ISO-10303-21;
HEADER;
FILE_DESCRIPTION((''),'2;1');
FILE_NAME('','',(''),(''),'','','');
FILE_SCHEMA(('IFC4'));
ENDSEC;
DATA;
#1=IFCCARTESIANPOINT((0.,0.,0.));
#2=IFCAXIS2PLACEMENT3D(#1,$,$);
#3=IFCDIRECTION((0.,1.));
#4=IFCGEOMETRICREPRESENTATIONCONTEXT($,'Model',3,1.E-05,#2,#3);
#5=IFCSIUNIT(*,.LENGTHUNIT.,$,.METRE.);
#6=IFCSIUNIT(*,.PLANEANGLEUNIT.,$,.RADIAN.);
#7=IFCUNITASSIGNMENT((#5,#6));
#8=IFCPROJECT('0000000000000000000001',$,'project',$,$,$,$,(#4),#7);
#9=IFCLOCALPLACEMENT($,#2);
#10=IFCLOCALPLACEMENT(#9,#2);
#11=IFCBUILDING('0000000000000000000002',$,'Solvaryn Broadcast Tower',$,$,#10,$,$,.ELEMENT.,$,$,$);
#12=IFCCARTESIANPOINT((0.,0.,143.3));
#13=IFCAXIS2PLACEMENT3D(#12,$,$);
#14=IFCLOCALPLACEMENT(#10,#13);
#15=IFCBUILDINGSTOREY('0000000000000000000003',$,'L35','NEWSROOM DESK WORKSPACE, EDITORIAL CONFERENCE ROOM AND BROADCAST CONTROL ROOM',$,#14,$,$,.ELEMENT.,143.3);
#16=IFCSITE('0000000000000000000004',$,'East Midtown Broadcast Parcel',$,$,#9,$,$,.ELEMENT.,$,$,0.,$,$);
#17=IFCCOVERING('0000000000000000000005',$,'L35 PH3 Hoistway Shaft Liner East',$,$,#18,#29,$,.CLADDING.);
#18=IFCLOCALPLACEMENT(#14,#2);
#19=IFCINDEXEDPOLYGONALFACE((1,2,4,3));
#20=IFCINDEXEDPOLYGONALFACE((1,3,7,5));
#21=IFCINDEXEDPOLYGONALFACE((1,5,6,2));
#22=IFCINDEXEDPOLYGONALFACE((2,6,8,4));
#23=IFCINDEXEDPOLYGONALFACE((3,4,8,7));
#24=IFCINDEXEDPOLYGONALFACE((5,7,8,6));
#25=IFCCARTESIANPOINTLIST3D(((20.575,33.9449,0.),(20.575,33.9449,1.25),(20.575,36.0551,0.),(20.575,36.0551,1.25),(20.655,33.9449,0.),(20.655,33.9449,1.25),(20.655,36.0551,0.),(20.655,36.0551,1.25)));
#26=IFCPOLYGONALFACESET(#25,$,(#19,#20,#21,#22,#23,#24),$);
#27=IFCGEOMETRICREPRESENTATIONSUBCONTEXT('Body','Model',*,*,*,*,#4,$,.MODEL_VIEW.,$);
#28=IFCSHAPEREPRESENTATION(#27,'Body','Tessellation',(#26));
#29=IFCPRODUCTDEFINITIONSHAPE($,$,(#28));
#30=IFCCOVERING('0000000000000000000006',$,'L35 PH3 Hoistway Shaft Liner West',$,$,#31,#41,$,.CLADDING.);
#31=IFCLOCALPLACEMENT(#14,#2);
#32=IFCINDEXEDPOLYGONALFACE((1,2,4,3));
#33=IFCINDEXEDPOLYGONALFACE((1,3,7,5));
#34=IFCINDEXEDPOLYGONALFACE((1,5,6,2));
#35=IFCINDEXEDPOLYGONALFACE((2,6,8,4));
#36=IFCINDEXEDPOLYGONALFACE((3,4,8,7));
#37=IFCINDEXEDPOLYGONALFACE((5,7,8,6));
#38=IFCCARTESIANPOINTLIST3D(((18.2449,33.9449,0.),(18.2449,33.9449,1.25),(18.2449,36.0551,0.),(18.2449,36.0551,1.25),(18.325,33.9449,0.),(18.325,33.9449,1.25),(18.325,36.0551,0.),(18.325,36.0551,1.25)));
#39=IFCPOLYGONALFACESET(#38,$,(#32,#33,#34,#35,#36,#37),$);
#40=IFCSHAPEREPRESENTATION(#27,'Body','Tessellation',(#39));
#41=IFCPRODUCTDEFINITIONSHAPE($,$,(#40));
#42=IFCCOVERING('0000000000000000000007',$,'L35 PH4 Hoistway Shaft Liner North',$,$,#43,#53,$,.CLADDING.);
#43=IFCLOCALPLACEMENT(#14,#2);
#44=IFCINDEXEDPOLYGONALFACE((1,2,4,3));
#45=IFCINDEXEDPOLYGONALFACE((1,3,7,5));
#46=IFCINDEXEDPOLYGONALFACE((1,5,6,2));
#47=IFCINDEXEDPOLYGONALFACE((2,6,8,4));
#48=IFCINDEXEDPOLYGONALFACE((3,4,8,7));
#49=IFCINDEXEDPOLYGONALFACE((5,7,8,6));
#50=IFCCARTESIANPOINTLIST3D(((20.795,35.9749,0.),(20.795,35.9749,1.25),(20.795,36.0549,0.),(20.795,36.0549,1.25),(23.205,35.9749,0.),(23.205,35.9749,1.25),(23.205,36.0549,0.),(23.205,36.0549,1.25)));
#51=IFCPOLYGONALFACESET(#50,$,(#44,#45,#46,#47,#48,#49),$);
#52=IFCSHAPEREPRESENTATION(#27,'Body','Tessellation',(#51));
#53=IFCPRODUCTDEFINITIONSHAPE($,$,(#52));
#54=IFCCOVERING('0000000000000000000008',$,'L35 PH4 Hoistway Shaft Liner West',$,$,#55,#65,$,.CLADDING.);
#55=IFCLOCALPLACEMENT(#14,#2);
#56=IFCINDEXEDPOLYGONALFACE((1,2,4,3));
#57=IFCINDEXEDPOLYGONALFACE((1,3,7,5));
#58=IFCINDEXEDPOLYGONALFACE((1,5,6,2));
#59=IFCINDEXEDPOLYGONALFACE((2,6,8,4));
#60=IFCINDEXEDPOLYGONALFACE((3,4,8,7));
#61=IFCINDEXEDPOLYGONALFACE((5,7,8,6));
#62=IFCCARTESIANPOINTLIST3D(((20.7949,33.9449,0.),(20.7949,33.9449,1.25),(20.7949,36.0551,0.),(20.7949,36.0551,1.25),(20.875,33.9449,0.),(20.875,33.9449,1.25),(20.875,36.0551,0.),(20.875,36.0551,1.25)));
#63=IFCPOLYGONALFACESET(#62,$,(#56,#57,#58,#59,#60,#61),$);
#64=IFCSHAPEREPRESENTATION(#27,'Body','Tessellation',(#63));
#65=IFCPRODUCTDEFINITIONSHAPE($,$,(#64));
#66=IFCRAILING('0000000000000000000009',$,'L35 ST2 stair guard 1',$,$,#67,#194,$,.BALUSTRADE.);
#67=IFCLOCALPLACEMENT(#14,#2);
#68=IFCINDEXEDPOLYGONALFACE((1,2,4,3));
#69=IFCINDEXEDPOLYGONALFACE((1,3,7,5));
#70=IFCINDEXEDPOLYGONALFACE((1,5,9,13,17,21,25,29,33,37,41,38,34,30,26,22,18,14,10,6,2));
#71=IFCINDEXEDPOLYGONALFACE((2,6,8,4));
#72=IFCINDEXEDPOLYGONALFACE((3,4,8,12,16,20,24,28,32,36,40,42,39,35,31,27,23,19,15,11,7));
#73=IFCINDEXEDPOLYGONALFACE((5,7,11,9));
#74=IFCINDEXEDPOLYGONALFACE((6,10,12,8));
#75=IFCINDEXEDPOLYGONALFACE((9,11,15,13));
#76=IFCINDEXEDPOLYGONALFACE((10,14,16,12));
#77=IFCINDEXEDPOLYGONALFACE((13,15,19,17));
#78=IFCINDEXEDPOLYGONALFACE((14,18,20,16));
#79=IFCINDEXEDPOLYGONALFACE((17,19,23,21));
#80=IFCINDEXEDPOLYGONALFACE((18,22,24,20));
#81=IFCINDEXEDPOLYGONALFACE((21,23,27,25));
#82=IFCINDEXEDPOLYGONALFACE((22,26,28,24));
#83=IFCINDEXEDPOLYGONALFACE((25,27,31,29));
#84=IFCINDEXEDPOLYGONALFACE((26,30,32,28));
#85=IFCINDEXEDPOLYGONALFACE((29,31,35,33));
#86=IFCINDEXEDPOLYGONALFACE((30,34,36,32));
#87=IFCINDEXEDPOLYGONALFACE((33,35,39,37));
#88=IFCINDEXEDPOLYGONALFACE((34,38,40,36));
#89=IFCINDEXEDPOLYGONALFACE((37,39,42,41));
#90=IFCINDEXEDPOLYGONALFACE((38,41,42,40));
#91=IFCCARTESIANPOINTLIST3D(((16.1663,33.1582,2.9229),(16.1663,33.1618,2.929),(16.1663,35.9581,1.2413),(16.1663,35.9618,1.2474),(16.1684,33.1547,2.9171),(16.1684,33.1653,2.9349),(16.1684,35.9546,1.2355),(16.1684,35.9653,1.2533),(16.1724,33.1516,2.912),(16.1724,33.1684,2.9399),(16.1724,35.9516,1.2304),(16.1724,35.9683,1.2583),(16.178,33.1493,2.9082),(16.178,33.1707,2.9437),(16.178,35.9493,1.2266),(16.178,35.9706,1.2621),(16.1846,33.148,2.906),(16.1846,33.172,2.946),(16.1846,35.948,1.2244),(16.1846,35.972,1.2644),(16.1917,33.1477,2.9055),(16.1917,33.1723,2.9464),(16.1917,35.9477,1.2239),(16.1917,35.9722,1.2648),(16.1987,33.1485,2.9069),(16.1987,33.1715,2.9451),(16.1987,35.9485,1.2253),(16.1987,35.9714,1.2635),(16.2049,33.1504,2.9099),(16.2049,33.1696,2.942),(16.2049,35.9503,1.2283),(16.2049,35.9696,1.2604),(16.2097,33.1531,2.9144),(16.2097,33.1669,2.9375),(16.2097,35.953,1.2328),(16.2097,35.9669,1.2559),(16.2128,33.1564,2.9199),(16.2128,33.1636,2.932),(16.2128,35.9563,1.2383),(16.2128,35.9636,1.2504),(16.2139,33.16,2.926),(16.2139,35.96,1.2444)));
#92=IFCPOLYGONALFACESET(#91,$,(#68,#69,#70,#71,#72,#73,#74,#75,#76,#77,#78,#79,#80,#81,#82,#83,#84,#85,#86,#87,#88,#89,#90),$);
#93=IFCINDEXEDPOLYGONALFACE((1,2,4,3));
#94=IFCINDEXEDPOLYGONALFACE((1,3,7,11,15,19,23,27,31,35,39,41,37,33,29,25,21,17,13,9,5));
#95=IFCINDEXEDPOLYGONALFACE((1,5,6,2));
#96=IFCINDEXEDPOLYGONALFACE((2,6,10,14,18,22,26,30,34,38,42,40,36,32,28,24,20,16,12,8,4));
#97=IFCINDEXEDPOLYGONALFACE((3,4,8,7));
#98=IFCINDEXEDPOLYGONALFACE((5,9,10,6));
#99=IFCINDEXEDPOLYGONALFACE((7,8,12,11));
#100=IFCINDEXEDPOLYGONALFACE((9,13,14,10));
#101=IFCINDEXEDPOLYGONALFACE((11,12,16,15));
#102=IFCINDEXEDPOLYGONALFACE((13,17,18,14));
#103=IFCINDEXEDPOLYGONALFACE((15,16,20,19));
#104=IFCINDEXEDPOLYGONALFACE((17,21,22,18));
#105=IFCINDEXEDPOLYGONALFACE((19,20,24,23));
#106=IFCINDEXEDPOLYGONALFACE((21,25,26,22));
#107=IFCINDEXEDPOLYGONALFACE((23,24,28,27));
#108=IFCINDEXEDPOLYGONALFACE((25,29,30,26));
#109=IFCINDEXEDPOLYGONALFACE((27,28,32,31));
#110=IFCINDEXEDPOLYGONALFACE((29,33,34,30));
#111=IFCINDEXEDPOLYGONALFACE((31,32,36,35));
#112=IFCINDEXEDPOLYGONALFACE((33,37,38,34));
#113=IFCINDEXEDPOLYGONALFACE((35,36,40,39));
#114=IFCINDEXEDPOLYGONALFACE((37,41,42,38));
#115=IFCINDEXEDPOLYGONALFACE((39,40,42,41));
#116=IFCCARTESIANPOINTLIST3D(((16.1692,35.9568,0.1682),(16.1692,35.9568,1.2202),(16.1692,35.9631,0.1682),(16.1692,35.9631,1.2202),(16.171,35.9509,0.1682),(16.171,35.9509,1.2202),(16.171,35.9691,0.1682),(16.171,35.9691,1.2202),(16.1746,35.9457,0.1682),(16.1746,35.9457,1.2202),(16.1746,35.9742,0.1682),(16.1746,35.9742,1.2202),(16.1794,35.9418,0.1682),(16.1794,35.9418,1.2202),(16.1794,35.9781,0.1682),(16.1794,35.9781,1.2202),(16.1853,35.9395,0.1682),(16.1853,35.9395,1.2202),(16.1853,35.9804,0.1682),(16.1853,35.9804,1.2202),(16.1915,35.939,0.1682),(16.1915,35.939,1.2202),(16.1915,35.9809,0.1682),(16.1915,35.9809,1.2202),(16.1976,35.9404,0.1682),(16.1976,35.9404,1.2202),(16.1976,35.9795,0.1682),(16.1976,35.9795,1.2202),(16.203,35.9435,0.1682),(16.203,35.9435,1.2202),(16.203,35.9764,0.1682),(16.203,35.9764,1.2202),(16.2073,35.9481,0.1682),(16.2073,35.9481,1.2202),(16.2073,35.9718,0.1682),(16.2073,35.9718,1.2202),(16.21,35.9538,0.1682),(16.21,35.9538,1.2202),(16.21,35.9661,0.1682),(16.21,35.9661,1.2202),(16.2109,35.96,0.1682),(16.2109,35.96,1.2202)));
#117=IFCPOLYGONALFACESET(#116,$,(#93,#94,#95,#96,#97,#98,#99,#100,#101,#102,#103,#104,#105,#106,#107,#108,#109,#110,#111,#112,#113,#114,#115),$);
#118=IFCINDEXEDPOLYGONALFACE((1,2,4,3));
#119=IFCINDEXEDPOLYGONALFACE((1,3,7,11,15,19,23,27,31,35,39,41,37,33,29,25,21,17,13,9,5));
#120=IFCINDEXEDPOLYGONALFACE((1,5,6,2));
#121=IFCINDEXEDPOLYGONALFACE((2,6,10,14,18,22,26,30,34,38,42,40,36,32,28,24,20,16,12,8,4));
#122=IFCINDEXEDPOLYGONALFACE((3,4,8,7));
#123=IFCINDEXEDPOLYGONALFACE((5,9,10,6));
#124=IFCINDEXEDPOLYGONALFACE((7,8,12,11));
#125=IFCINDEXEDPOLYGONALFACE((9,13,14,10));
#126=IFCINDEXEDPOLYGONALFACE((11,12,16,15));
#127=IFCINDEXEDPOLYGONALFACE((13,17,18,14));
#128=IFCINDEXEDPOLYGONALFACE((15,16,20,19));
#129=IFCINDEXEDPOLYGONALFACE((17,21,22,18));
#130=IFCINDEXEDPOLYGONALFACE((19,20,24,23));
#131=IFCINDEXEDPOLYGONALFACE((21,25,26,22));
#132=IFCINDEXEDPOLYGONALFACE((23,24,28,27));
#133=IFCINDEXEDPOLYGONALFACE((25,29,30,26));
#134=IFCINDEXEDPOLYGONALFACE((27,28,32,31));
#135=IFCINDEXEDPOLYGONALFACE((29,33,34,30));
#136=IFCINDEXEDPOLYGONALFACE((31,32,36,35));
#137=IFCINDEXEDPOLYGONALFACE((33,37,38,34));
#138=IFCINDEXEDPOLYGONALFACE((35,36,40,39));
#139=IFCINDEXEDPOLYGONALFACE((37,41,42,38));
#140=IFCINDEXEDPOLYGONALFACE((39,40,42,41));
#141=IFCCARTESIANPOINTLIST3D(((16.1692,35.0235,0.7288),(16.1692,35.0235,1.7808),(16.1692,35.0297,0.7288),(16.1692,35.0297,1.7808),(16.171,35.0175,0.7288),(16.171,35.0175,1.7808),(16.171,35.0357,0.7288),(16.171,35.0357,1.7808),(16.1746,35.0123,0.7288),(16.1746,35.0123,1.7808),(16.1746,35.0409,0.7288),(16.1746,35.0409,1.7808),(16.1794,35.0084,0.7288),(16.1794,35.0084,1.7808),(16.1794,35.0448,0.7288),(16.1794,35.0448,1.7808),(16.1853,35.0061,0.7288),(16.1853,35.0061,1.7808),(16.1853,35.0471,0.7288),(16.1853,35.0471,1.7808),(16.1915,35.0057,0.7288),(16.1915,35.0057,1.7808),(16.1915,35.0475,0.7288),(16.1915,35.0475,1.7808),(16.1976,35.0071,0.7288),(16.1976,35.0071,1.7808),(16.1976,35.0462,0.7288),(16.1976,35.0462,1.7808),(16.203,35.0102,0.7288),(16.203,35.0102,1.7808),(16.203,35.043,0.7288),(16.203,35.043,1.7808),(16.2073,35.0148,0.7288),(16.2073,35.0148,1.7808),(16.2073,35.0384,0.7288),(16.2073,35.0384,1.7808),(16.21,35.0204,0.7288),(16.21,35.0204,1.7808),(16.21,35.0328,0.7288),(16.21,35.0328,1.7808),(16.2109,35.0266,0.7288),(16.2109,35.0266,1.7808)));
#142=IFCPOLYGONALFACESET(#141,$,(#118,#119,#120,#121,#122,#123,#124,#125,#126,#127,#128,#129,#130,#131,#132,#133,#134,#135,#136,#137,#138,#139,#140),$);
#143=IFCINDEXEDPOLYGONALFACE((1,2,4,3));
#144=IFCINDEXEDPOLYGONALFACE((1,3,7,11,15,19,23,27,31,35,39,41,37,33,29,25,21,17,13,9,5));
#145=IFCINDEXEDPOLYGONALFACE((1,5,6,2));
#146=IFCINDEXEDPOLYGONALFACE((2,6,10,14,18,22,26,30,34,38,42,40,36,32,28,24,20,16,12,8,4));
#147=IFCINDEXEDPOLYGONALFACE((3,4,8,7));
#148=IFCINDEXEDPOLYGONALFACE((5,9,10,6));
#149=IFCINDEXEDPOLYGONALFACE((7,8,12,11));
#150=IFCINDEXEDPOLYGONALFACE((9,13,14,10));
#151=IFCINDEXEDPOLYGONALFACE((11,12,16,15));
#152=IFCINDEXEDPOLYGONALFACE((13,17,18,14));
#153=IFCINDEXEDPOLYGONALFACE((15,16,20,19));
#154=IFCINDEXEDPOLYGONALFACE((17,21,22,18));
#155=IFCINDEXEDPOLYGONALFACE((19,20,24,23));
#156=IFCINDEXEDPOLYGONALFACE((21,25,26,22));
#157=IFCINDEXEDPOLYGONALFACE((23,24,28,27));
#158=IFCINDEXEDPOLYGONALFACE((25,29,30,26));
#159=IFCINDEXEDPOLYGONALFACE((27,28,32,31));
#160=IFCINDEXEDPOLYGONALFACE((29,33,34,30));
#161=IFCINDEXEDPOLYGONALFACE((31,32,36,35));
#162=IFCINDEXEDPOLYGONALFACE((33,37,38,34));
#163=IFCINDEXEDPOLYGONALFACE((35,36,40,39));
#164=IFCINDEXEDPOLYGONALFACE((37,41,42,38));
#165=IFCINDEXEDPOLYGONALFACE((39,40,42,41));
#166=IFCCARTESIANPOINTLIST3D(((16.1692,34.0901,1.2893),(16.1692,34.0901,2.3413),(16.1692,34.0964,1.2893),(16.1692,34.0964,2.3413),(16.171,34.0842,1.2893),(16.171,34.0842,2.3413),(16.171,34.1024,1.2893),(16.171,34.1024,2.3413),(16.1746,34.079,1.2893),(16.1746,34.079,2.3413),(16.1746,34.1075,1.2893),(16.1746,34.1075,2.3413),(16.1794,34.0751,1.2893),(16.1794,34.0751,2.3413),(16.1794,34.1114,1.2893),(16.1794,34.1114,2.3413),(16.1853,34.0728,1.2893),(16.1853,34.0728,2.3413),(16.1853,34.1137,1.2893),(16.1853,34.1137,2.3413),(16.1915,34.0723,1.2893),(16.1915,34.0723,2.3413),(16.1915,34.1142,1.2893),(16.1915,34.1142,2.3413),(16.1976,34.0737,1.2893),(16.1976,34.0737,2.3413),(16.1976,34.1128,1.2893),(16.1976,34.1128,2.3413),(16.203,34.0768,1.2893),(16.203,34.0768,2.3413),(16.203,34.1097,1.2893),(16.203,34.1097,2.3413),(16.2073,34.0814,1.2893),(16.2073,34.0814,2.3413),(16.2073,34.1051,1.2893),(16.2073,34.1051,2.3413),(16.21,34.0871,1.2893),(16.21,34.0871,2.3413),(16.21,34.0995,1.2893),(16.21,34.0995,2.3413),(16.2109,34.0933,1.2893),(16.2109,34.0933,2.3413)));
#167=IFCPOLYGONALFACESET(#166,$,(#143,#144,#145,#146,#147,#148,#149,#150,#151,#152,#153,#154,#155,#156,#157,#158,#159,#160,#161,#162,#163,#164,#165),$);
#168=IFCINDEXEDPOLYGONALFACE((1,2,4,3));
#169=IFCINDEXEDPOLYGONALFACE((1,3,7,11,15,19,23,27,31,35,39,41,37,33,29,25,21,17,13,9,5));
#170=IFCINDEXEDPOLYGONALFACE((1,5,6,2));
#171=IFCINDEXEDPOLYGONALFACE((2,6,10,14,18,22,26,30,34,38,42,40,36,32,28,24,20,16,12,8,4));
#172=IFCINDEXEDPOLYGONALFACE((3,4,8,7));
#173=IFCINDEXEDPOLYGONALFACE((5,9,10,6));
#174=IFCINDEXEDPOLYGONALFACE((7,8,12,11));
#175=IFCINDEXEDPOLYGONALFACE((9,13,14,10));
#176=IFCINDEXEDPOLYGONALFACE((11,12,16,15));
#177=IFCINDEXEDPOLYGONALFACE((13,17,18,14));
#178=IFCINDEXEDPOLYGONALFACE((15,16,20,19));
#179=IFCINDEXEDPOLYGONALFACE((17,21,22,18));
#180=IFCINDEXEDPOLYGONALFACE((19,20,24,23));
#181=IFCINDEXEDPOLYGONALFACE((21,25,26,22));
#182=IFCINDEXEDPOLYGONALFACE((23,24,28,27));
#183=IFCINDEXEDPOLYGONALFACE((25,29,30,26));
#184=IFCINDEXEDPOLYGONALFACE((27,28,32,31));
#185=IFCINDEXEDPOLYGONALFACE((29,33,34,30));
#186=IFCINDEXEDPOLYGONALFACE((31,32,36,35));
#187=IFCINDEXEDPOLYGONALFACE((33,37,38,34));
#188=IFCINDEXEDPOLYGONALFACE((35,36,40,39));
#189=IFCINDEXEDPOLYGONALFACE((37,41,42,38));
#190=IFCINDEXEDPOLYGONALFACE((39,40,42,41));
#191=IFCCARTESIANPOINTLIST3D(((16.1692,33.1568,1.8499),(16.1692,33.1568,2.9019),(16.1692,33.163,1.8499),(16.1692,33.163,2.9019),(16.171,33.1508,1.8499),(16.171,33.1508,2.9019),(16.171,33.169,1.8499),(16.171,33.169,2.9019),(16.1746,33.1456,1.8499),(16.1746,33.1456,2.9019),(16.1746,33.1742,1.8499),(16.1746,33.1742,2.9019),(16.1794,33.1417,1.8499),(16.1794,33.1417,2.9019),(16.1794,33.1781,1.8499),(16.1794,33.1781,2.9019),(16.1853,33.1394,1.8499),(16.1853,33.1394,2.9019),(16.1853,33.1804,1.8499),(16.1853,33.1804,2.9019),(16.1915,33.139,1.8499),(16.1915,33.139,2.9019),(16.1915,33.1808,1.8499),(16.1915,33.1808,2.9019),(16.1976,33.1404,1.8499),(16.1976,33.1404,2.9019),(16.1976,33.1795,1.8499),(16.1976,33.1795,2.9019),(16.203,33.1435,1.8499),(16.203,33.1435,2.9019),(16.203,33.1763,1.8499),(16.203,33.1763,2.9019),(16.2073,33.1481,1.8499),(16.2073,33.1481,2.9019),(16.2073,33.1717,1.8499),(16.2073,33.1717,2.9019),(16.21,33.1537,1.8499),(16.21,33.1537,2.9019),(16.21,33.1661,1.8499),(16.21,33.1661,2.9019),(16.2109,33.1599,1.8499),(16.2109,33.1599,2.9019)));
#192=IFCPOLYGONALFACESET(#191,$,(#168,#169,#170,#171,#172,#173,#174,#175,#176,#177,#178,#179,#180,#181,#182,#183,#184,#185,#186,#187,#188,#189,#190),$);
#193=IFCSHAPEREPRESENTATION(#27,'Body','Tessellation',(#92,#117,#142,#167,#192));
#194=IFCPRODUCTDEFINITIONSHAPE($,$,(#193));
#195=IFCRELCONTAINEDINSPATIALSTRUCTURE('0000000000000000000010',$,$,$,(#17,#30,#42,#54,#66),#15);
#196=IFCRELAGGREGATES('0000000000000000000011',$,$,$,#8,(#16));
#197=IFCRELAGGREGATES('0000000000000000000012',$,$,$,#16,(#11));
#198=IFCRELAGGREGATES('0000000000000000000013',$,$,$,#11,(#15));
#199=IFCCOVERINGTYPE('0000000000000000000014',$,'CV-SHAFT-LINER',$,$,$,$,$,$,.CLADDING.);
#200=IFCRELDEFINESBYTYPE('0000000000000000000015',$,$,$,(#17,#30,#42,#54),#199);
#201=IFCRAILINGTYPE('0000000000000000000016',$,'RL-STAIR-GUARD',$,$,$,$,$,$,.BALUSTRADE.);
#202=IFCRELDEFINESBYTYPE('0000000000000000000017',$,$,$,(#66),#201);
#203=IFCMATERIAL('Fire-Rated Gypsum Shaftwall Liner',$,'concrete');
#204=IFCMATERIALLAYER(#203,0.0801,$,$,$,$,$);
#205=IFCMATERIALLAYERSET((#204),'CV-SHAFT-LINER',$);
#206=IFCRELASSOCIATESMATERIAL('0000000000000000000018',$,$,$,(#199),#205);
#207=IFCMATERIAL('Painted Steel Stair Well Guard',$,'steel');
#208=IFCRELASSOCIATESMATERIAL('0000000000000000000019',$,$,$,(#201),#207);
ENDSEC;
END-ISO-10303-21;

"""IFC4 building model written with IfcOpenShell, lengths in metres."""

from ifc_helpers import new_model, si_unit, direction, frame, origin, origin_2d, place, context, subcontext, project, spatial, rectangle, circle, extrude, material, layer, layer_set, type_object, element, save


model = new_model("IFC4")

# Units and contexts
model_context = context("Model", 3, precision=1e-05, world=origin(), true_north=direction((0.0, 1.0)))
body_context = subcontext(model_context, "Body", "Model", "MODEL_VIEW")
ifc_project = project(units=[si_unit("LENGTHUNIT", "METRE"), si_unit("PLANEANGLEUNIT", "RADIAN")], contexts=[model_context])

# Site, building, storey
site_placement = place(None, origin())
site = spatial("IfcSite", under=ifc_project, at=site_placement, Name="East Midtown Broadcast Parcel", CompositionType="ELEMENT", RefElevation=0.0)
building_placement = place(site_placement, origin())
building = spatial("IfcBuilding", under=site, at=building_placement, Name="Solvaryn Broadcast Tower", CompositionType="ELEMENT")
storey_placement = place(building_placement, frame((0.0, 0.0, 143.3)))
storey = spatial("IfcBuildingStorey", under=building, at=storey_placement, Name="L35", Description="NEWSROOM DESK WORKSPACE, EDITORIAL CONFERENCE ROOM AND BROADCAST CONTROL ROOM", CompositionType="ELEMENT", Elevation=143.3)

# Coverings
ifc_material_1 = material(Name="Fire-Rated Gypsum Shaftwall Liner", Category="concrete")
ifc_layer_1 = layer(ifc_material_1, 0.0801)
ifc_layer_set_1 = layer_set([ifc_layer_1], Name="CV-SHAFT-LINER")
covering_type = type_object("IfcCoveringType", Name="CV-SHAFT-LINER", PredefinedType="CLADDING", material=ifc_layer_set_1)
for number, where, z_axis, x_axis, name in (
    (1, (20.615, 35.0, 0.0), (0.0, 0.0, 1.0), (1.0, 0.0, 0.0), "L35 PH3 Hoistway Shaft Liner East"),
    (2, (18.2849, 35.0, 0.0), (0.0, 0.0, 1.0), (1.0, 0.0, 0.0), "L35 PH3 Hoistway Shaft Liner West"),
):
    element("IfcCovering", number, at=place(storey_placement, frame(where, z_axis=z_axis, x_axis=x_axis)), inside=storey, type_object=covering_type, Name=name, PredefinedType="CLADDING", context=body_context, shape_type="SweptSolid", body=[
        extrude(rectangle(XDim=0.0801, YDim=2.1101, at=origin_2d()), origin(), (0.0, 0.0, 1.0), 1.25),
    ])
covering_1_placement = place(storey_placement, frame((22.0, 36.0149, 0.0), z_axis=(0.0, 0.0, 1.0), x_axis=(1.0, 0.0, 0.0)))
element("IfcCovering", 3, at=covering_1_placement, inside=storey, type_object=covering_type, Name="L35 PH4 Hoistway Shaft Liner North", PredefinedType="CLADDING", context=body_context, shape_type="SweptSolid", body=[
    extrude(rectangle(XDim=2.4099, YDim=0.0801, at=origin_2d()), origin(), (0.0, 0.0, 1.0), 1.25),
])
covering_2_placement = place(storey_placement, frame((20.835, 35.0, 0.0), z_axis=(0.0, 0.0, 1.0), x_axis=(1.0, 0.0, 0.0)))
element("IfcCovering", 4, at=covering_2_placement, inside=storey, type_object=covering_type, Name="L35 PH4 Hoistway Shaft Liner West", PredefinedType="CLADDING", context=body_context, shape_type="SweptSolid", body=[
    extrude(rectangle(XDim=0.0801, YDim=2.1101, at=origin_2d()), origin(), (0.0, 0.0, 1.0), 1.25),
])

# Railing
ifc_material_2 = material(Name="Painted Steel Stair Well Guard", Category="steel")
railing_type_1 = type_object("IfcRailingType", Name="RL-STAIR-GUARD", PredefinedType="BALUSTRADE", material=ifc_material_2)
railing_1_placement = place(storey_placement, frame((16.1899, 35.96, 0.1682)))
element("IfcRailing", 5, at=railing_1_placement, inside=storey, type_object=railing_type_1, Name="L35 ST2 stair guard 1", PredefinedType="BALUSTRADE", context=body_context, shape_type="SweptSolid", body=[
    extrude(circle(Radius=0.0239, at=origin_2d()), frame((0.0, 0.0, 1.0762), z_axis=(0.0, -0.857275, 0.514858), x_axis=(1.0, 0.0, 0.0)), (0.0, 0.0, 1.0), 3.2661),
    extrude(circle(Radius=0.021, at=origin_2d()), origin(), (0.0, 0.0, 1.0), 1.052),
    extrude(circle(Radius=0.021, at=origin_2d()), frame((0.0, -0.9333, 0.5605)), (0.0, 0.0, 1.0), 1.052),
    extrude(circle(Radius=0.021, at=origin_2d()), frame((0.0, -1.8667, 1.1211)), (0.0, 0.0, 1.0), 1.052),
    extrude(circle(Radius=0.021, at=origin_2d()), frame((0.0, -2.8, 1.6816)), (0.0, 0.0, 1.0), 1.052),
])

save(model, "model.ifc")
